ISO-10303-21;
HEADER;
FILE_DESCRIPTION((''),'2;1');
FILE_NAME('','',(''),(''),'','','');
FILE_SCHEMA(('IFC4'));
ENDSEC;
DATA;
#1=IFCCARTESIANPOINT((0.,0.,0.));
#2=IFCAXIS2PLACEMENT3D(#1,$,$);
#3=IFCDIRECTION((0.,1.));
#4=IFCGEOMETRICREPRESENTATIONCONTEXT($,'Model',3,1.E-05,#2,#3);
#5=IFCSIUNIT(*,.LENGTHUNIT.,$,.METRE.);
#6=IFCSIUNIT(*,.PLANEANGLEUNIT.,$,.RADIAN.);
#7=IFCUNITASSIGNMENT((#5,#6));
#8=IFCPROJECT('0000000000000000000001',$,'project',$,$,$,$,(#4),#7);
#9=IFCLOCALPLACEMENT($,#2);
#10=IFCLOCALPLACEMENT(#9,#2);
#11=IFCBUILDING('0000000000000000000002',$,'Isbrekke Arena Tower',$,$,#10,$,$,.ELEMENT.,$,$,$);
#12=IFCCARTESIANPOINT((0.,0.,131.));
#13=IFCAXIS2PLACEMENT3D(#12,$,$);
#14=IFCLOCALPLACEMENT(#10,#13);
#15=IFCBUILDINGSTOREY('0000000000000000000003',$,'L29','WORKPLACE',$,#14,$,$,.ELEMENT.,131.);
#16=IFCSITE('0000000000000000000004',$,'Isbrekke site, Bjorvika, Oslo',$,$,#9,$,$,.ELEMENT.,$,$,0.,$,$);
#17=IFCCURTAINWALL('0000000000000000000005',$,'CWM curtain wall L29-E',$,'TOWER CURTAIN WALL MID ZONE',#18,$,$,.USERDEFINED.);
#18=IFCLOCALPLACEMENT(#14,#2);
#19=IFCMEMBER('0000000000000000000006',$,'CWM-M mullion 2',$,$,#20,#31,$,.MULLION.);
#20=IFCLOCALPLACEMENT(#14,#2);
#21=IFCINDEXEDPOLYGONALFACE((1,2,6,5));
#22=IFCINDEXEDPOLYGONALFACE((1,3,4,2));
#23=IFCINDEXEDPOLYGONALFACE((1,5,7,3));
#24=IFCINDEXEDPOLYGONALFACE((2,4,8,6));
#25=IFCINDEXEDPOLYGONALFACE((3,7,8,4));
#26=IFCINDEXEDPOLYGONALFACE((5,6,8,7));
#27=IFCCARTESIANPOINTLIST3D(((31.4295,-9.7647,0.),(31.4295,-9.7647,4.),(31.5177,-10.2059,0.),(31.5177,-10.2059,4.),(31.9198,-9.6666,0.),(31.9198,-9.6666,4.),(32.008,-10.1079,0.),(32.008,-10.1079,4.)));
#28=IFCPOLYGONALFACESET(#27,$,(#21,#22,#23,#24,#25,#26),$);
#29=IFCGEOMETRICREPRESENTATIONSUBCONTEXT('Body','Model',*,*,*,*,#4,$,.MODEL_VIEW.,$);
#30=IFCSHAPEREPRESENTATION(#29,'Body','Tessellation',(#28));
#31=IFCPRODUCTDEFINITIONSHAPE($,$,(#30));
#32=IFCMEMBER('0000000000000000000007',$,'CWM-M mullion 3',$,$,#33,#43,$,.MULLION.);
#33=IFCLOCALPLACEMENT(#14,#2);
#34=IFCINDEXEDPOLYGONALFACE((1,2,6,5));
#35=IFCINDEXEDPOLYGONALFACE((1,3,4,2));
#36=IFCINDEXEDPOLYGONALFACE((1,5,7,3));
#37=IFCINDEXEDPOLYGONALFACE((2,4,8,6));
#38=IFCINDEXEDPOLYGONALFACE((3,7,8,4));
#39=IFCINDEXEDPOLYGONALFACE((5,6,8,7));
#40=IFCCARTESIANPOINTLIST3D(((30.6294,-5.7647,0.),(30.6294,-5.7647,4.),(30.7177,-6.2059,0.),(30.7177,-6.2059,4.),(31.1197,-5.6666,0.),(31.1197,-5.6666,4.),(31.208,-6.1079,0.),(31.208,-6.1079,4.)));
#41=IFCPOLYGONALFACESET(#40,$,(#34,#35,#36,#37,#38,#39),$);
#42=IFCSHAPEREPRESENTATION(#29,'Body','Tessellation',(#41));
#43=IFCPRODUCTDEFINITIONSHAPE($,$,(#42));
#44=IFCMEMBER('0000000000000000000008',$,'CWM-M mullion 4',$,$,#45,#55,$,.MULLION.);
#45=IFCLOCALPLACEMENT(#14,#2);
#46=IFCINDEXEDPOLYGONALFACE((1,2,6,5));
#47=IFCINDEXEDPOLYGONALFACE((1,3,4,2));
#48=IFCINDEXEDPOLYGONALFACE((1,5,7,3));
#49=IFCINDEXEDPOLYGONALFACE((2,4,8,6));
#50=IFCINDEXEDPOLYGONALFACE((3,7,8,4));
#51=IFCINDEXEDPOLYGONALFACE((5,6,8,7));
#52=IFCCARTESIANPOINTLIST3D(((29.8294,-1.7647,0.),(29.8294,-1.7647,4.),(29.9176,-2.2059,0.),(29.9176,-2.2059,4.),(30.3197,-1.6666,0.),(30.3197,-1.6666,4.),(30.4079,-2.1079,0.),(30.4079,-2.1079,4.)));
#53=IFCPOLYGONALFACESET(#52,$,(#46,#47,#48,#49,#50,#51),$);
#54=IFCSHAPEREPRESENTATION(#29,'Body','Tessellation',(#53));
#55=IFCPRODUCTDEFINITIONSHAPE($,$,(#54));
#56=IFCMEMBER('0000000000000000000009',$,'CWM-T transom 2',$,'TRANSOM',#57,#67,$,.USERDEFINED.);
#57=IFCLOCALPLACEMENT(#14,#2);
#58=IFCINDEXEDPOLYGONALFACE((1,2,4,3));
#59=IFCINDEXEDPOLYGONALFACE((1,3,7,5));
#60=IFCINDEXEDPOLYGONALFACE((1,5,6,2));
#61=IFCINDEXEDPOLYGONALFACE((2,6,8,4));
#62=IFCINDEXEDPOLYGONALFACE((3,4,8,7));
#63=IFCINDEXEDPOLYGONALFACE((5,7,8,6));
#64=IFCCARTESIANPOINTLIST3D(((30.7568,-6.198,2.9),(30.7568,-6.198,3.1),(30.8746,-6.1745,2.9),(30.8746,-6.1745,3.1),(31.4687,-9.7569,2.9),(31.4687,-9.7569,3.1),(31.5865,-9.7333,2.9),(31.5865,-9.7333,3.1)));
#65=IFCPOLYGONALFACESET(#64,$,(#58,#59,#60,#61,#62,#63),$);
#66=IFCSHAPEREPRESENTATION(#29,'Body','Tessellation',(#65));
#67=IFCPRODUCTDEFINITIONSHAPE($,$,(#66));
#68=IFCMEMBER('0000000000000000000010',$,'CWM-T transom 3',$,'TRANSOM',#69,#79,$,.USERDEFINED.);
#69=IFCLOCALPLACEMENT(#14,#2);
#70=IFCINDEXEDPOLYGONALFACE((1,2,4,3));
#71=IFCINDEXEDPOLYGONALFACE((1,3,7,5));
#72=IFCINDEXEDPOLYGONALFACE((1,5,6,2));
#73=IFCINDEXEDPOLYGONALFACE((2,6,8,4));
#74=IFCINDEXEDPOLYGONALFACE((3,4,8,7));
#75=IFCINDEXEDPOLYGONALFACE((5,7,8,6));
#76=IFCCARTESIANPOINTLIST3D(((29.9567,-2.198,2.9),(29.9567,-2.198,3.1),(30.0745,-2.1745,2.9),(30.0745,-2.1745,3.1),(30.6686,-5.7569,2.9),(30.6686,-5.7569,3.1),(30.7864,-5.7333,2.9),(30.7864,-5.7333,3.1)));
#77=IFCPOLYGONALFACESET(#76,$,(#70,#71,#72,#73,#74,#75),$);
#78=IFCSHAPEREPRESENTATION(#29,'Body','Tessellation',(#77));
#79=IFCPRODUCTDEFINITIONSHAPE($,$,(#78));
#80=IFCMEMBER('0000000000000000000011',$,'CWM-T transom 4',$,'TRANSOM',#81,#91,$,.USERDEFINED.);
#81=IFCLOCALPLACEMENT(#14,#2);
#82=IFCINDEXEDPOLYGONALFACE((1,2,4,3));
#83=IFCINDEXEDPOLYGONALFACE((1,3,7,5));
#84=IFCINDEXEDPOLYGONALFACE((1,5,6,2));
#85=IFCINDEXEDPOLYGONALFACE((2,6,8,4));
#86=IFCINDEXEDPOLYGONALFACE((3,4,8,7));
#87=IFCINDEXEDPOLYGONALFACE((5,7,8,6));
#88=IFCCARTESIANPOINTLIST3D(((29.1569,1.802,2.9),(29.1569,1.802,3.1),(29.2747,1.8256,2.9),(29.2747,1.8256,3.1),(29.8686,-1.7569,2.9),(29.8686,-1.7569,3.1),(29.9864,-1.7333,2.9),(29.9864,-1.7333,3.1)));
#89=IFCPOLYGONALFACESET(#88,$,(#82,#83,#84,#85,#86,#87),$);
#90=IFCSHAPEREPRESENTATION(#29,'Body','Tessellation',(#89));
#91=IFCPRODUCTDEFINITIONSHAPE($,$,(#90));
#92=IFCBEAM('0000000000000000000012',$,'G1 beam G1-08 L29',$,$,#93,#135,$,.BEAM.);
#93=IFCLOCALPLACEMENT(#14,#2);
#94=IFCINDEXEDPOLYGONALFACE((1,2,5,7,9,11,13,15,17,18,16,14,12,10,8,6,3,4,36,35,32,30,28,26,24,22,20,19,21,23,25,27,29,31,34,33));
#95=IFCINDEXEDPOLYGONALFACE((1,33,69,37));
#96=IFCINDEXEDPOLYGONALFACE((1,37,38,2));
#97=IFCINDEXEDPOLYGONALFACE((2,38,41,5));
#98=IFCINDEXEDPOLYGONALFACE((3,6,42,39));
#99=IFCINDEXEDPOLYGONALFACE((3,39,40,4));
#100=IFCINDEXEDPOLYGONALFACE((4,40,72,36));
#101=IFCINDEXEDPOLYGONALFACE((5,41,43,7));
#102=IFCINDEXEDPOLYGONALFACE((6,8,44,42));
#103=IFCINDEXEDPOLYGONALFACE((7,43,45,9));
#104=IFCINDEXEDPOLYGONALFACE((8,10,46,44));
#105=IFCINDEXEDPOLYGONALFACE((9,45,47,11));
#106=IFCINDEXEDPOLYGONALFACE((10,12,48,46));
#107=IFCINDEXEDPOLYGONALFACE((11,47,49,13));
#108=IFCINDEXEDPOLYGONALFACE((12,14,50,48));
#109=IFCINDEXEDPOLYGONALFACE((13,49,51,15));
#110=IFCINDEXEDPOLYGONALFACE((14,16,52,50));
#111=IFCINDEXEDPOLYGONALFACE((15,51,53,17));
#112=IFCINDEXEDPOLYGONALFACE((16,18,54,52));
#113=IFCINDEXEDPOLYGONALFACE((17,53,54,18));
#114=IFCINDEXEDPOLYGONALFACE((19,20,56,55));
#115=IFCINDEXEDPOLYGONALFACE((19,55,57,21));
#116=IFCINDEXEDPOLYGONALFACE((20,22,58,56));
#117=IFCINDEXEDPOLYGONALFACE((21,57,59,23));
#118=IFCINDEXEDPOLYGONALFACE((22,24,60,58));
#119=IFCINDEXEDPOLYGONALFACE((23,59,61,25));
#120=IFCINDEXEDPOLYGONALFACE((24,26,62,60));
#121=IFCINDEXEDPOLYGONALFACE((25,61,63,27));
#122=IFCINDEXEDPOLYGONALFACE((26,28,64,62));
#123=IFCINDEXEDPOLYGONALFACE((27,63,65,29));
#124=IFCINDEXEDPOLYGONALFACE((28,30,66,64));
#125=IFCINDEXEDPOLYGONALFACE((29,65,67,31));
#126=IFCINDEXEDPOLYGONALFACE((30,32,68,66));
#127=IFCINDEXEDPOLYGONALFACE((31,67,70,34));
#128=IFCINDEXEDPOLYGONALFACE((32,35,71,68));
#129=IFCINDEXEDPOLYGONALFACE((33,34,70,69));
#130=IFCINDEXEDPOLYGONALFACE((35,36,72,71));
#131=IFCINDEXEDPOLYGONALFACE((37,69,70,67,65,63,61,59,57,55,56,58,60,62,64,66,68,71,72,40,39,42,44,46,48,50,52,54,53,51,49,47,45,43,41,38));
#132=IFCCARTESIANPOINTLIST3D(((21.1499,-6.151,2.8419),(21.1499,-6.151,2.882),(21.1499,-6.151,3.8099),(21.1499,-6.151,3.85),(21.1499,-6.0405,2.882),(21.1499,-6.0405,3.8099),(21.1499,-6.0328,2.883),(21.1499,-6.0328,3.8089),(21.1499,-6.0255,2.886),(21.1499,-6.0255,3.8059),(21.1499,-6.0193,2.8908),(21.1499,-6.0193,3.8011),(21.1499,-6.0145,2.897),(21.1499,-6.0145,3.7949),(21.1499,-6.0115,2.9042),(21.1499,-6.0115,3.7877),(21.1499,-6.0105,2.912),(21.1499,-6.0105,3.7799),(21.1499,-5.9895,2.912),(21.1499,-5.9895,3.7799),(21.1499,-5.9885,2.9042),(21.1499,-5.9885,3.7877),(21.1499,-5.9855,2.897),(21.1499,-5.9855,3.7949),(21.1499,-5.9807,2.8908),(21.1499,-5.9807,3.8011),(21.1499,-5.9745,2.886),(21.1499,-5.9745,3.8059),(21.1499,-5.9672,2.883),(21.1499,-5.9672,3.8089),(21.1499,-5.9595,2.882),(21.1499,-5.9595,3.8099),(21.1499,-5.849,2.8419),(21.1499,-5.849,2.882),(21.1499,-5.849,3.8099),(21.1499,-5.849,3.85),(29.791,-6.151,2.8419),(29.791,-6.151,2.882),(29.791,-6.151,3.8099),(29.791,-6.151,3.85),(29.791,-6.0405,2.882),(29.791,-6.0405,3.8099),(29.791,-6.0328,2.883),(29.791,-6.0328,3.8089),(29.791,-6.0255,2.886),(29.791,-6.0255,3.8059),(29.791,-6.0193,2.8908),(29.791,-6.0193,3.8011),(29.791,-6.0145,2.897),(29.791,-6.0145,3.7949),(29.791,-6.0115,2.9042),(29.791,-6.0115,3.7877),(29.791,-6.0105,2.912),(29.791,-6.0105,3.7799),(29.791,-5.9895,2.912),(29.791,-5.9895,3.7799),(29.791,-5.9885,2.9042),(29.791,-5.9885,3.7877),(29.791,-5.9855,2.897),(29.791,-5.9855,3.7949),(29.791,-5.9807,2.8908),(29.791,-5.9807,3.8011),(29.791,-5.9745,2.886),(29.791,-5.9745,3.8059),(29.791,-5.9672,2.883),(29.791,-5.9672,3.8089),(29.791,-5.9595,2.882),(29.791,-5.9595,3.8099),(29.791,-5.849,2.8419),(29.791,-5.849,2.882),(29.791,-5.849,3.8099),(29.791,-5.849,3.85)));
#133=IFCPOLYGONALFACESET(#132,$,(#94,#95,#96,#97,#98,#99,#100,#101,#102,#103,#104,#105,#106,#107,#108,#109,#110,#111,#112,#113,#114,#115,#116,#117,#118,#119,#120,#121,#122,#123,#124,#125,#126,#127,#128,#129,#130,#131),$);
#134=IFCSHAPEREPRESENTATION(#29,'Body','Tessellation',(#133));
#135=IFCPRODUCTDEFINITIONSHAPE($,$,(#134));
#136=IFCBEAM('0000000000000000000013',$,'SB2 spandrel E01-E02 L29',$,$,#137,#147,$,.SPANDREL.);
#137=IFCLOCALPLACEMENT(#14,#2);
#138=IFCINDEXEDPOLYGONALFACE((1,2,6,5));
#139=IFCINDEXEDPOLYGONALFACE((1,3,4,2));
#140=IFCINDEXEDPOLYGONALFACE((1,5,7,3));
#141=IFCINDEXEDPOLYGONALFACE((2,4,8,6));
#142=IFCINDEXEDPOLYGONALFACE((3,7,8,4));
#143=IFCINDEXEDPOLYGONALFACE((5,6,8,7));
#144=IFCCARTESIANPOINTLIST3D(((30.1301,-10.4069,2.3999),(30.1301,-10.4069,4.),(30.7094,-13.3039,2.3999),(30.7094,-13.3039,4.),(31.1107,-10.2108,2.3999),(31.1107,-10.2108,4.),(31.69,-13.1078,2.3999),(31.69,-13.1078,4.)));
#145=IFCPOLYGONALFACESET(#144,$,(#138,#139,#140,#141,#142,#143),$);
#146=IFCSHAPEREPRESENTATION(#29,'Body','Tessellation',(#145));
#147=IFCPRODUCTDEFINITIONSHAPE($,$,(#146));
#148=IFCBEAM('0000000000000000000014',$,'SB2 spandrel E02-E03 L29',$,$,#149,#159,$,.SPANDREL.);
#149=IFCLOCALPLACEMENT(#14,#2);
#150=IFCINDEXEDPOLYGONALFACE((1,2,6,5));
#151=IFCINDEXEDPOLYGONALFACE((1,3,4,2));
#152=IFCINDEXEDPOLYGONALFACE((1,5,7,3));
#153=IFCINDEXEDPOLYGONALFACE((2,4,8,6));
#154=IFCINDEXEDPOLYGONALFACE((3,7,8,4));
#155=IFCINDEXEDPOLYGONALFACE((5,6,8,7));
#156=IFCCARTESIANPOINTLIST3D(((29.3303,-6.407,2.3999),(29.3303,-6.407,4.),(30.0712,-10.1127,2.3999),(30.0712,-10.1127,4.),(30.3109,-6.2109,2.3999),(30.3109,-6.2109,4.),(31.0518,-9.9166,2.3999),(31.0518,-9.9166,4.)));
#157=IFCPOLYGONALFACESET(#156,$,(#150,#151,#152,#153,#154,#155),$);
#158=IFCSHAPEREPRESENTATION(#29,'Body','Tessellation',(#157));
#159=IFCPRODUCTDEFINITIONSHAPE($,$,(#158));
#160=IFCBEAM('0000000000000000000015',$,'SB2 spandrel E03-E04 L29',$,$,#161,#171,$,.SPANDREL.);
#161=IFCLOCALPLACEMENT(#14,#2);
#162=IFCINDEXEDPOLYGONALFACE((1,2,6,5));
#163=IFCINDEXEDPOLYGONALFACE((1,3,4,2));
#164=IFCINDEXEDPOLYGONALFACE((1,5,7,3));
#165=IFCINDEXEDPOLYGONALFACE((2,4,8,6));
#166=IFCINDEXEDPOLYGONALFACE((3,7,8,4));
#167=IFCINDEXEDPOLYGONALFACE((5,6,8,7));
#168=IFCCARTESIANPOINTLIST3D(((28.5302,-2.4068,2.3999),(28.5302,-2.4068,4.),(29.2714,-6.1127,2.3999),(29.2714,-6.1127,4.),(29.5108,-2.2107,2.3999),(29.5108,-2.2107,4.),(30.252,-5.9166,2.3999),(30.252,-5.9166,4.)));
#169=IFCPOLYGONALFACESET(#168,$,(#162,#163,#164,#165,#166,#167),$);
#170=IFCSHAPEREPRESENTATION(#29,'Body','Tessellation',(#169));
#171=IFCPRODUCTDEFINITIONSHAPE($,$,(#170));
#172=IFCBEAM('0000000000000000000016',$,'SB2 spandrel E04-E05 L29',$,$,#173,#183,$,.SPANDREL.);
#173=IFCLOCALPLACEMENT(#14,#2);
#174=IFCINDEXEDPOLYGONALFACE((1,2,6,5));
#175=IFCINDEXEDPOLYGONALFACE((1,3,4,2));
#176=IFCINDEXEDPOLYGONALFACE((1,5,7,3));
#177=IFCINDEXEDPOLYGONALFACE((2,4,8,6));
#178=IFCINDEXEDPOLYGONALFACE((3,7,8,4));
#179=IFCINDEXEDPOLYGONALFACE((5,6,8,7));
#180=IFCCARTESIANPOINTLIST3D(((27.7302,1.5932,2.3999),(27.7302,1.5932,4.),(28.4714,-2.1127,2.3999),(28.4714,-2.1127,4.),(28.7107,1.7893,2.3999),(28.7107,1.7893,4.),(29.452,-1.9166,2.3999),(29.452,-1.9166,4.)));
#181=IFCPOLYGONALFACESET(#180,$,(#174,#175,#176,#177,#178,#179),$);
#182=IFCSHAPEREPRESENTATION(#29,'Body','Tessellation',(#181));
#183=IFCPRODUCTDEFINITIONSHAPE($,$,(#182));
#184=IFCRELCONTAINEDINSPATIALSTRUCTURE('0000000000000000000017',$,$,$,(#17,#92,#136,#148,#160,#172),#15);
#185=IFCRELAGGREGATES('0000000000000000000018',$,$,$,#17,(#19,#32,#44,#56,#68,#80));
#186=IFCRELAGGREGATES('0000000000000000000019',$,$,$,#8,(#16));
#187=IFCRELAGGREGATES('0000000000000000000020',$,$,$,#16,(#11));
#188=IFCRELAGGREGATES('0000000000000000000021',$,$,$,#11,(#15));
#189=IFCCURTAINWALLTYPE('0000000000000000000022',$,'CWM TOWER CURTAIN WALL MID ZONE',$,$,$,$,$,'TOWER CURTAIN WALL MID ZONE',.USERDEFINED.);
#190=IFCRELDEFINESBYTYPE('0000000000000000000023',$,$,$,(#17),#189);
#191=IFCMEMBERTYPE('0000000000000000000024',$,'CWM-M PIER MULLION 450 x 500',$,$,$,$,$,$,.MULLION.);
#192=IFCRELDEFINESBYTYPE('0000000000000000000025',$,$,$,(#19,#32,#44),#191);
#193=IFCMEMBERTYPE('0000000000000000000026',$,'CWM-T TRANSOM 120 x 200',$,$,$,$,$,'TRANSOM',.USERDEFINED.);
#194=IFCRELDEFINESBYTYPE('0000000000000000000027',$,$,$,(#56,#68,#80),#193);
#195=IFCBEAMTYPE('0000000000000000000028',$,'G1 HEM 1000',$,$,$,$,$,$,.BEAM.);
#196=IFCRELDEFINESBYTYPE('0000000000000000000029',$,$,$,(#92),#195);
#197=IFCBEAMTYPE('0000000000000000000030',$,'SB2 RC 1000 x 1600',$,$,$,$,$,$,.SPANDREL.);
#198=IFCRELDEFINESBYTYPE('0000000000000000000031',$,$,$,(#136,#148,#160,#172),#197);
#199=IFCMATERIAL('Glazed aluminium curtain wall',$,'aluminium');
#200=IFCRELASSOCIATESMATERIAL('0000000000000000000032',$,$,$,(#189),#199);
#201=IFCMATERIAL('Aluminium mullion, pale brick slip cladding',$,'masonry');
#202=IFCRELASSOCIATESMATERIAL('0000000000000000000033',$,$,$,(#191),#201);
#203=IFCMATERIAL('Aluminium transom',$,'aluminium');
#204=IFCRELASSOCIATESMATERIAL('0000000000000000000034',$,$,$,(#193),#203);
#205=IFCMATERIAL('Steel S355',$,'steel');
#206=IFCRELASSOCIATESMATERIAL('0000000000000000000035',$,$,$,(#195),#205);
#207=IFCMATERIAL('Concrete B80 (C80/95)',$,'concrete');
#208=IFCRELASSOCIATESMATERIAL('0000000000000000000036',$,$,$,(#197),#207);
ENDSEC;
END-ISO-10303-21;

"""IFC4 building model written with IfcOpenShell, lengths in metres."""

from ifc_helpers import new_model, si_unit, direction, frame, origin, origin_2d, place, context, subcontext, project, spatial, rectangle, i_section, extrude, material, material_profile, profile_set, type_object, element, aggregate, save


model = new_model("IFC4")

# Units and contexts
model_context = context("Model", 3, precision=1e-05, world=origin(), true_north=direction((0.0, 1.0)))
body_context = subcontext(model_context, "Body", "Model", "MODEL_VIEW")
ifc_project = project(units=[si_unit("LENGTHUNIT", "METRE"), si_unit("PLANEANGLEUNIT", "RADIAN")], contexts=[model_context])

# Site, building, storey
site_placement = place(None, origin())
site = spatial("IfcSite", under=ifc_project, at=site_placement, Name="Isbrekke site, Bjorvika, Oslo", CompositionType="ELEMENT", RefElevation=0.0)
building_placement = place(site_placement, origin())
building = spatial("IfcBuilding", under=site, at=building_placement, Name="Isbrekke Arena Tower", CompositionType="ELEMENT")
storey_placement = place(building_placement, frame((0.0, 0.0, 131.0)))
storey = spatial("IfcBuildingStorey", under=building, at=storey_placement, Name="L29", Description="WORKPLACE", CompositionType="ELEMENT", Elevation=131.0)

# Curtain wall, members
ifc_material_1 = material(Name="Glazed aluminium curtain wall", Category="aluminium")
curtain_wall_type = type_object("IfcCurtainWallType", Name="CWM TOWER CURTAIN WALL MID ZONE", ElementType="TOWER CURTAIN WALL MID ZONE", PredefinedType="USERDEFINED", material=ifc_material_1)
curtain_wall_placement = place(storey_placement, origin())
curtain_wall = element("IfcCurtainWall", 1, at=curtain_wall_placement, inside=storey, type_object=curtain_wall_type, Name="CWM curtain wall L29-E", ObjectType="TOWER CURTAIN WALL MID ZONE", PredefinedType="USERDEFINED")
ifc_material_2 = material(Name="Aluminium mullion, pale brick slip cladding", Category="masonry")
ifc_material_profile_1 = material_profile(ifc_material_2, rectangle(XDim=0.45, YDim=0.5, at=origin_2d()), Name="PIER 450X500")
ifc_profile_set_1 = profile_set([ifc_material_profile_1], Name="Aluminium mullion, pale brick slip cladding")
member_type_1 = type_object("IfcMemberType", Name="CWM-M PIER MULLION 450 x 500", PredefinedType="MULLION", material=ifc_profile_set_1)
member_1_placement = place(storey_placement, frame((31.7188, -9.9363, 0.0), z_axis=(0.0, 0.0, 1.0), x_axis=(-0.196116, 0.980581, 0.0)))
member_1 = element("IfcMember", 2, at=member_1_placement, type_object=member_type_1, Name="CWM-M mullion 2", PredefinedType="MULLION", context=body_context, shape_type="SweptSolid", body=[
    extrude(rectangle(XDim=0.45, YDim=0.5, at=origin_2d()), origin(), (0.0, 0.0, 1.0), 4.0),
])
member_2_placement = place(storey_placement, frame((30.9187, -5.9363, 0.0), z_axis=(0.0, 0.0, 1.0), x_axis=(-0.196116, 0.980581, 0.0)))
member_2 = element("IfcMember", 3, at=member_2_placement, type_object=member_type_1, Name="CWM-M mullion 3", PredefinedType="MULLION", context=body_context, shape_type="SweptSolid", body=[
    extrude(rectangle(XDim=0.45, YDim=0.5, at=origin_2d()), origin(), (0.0, 0.0, 1.0), 4.0),
])
member_3_placement = place(storey_placement, frame((30.1187, -1.9363, 0.0), z_axis=(0.0, 0.0, 1.0), x_axis=(-0.196116, 0.980581, 0.0)))
member_3 = element("IfcMember", 4, at=member_3_placement, type_object=member_type_1, Name="CWM-M mullion 4", PredefinedType="MULLION", context=body_context, shape_type="SweptSolid", body=[
    extrude(rectangle(XDim=0.45, YDim=0.5, at=origin_2d()), origin(), (0.0, 0.0, 1.0), 4.0),
])
ifc_material_3 = material(Name="Aluminium transom", Category="aluminium")
ifc_material_profile_2 = material_profile(ifc_material_3, rectangle(XDim=0.1201, YDim=0.2, at=origin_2d()), Name="TRANSOM 120X200")
ifc_profile_set_2 = profile_set([ifc_material_profile_2], Name="Aluminium transom")
member_type_2 = type_object("IfcMemberType", Name="CWM-T TRANSOM 120 x 200", ElementType="TRANSOM", PredefinedType="USERDEFINED", material=ifc_profile_set_2)
member_4_placement = place(storey_placement, frame((31.5276, -9.7451, 3.0), z_axis=(-0.196155, 0.980573, 0.0), x_axis=(-0.980573, -0.196155, 0.0)))
member_4 = element("IfcMember", 5, at=member_4_placement, type_object=member_type_2, Name="CWM-T transom 2", ObjectType="TRANSOM", PredefinedType="USERDEFINED", context=body_context, shape_type="SweptSolid", body=[
    extrude(rectangle(XDim=0.1201, YDim=0.2, at=origin_2d()), origin(), (0.0, 0.0, 1.0), 3.6294),
])
member_5_placement = place(storey_placement, frame((30.7275, -5.7451, 3.0), z_axis=(-0.196155, 0.980573, 0.0), x_axis=(-0.980573, -0.196155, 0.0)))
member_5 = element("IfcMember", 6, at=member_5_placement, type_object=member_type_2, Name="CWM-T transom 3", ObjectType="TRANSOM", PredefinedType="USERDEFINED", context=body_context, shape_type="SweptSolid", body=[
    extrude(rectangle(XDim=0.1201, YDim=0.2, at=origin_2d()), origin(), (0.0, 0.0, 1.0), 3.6294),
])
member_6_placement = place(storey_placement, frame((29.9275, -1.7451, 3.0), z_axis=(-0.19609, 0.980586, 0.0), x_axis=(-0.980586, -0.19609, 0.0)))
member_6 = element("IfcMember", 7, at=member_6_placement, type_object=member_type_2, Name="CWM-T transom 4", ObjectType="TRANSOM", PredefinedType="USERDEFINED", context=body_context, shape_type="SweptSolid", body=[
    extrude(rectangle(XDim=0.1201, YDim=0.2, at=origin_2d()), origin(), (0.0, 0.0, 1.0), 3.6294),
])

# Beams
ifc_material_4 = material(Name="Steel S355", Category="steel")
ifc_material_profile_3 = material_profile(ifc_material_4, i_section(OverallWidth=0.302, OverallDepth=1.0081, WebThickness=0.021, FlangeThickness=0.04, FilletRadius=0.03, at=origin_2d()), Name="HEM 1000")
ifc_profile_set_3 = profile_set([ifc_material_profile_3], Name="Steel S355")
beam_type_1 = type_object("IfcBeamType", Name="G1 HEM 1000", PredefinedType="BEAM", material=ifc_profile_set_3)
beam_1_placement = place(storey_placement, frame((21.1499, -6.0, 3.3459), z_axis=(1.0, 0.0, 0.0), x_axis=(0.0, 1.0, 0.0)))
element("IfcBeam", 8, at=beam_1_placement, inside=storey, type_object=beam_type_1, Name="G1 beam G1-08 L29", PredefinedType="BEAM", context=body_context, shape_type="SweptSolid", body=[
    extrude(i_section(OverallWidth=0.302, OverallDepth=1.0081, WebThickness=0.021, FlangeThickness=0.04, FilletRadius=0.03, at=origin_2d()), origin(), (0.0, 0.0, 1.0), 8.6411),
])
ifc_material_5 = material(Name="Concrete B80 (C80/95)", Category="concrete")
ifc_material_profile_4 = material_profile(ifc_material_5, rectangle(XDim=1.0, YDim=1.6001, at=origin_2d()), Name="RC 1000x1600")
ifc_profile_set_4 = profile_set([ifc_material_profile_4], Name="Concrete B80 (C80/95)")
beam_type_2 = type_object("IfcBeamType", Name="SB2 RC 1000 x 1600", PredefinedType="SPANDREL", material=ifc_profile_set_4)
beam_2_placement = place(storey_placement, frame((31.1997, -13.2058, 3.2), z_axis=(-0.1961, 0.980584, 0.0), x_axis=(-0.980584, -0.1961, 0.0)))
element("IfcBeam", 9, at=beam_2_placement, inside=storey, type_object=beam_type_2, Name="SB2 spandrel E01-E02 L29", PredefinedType="SPANDREL", context=body_context, shape_type="SweptSolid", body=[
    extrude(rectangle(XDim=1.0, YDim=1.6001, at=origin_2d()), origin(), (0.0, 0.0, 1.0), 2.9543),
])
beam_3_placement = place(storey_placement, frame((30.5615, -10.0146, 3.2), z_axis=(-0.196066, 0.980591, 0.0), x_axis=(-0.980591, -0.196066, 0.0)))
element("IfcBeam", 10, at=beam_3_placement, inside=storey, type_object=beam_type_2, Name="SB2 spandrel E02-E03 L29", PredefinedType="SPANDREL", context=body_context, shape_type="SweptSolid", body=[
    extrude(rectangle(XDim=1.0, YDim=1.6001, at=origin_2d()), origin(), (0.0, 0.0, 1.0), 3.7791),
])
for number, where, z_axis, x_axis, name in (
    (11, (29.7617, -6.0146, 3.2), (-0.196129, 0.980578, 0.0), (-0.980578, -0.196129, 0.0), "SB2 spandrel E03-E04 L29"),
    (12, (28.9617, -2.0146, 3.2), (-0.196129, 0.980578, 0.0), (-0.980578, -0.196129, 0.0), "SB2 spandrel E04-E05 L29"),
):
    element("IfcBeam", number, at=place(storey_placement, frame(where, z_axis=z_axis, x_axis=x_axis)), inside=storey, type_object=beam_type_2, Name=name, PredefinedType="SPANDREL", context=body_context, shape_type="SweptSolid", body=[
        extrude(rectangle(XDim=1.0, YDim=1.6001, at=origin_2d()), origin(), (0.0, 0.0, 1.0), 3.7793),
    ])

aggregate(curtain_wall, [member_1, member_2, member_3, member_4, member_5, member_6])

save(model, "model.ifc")
